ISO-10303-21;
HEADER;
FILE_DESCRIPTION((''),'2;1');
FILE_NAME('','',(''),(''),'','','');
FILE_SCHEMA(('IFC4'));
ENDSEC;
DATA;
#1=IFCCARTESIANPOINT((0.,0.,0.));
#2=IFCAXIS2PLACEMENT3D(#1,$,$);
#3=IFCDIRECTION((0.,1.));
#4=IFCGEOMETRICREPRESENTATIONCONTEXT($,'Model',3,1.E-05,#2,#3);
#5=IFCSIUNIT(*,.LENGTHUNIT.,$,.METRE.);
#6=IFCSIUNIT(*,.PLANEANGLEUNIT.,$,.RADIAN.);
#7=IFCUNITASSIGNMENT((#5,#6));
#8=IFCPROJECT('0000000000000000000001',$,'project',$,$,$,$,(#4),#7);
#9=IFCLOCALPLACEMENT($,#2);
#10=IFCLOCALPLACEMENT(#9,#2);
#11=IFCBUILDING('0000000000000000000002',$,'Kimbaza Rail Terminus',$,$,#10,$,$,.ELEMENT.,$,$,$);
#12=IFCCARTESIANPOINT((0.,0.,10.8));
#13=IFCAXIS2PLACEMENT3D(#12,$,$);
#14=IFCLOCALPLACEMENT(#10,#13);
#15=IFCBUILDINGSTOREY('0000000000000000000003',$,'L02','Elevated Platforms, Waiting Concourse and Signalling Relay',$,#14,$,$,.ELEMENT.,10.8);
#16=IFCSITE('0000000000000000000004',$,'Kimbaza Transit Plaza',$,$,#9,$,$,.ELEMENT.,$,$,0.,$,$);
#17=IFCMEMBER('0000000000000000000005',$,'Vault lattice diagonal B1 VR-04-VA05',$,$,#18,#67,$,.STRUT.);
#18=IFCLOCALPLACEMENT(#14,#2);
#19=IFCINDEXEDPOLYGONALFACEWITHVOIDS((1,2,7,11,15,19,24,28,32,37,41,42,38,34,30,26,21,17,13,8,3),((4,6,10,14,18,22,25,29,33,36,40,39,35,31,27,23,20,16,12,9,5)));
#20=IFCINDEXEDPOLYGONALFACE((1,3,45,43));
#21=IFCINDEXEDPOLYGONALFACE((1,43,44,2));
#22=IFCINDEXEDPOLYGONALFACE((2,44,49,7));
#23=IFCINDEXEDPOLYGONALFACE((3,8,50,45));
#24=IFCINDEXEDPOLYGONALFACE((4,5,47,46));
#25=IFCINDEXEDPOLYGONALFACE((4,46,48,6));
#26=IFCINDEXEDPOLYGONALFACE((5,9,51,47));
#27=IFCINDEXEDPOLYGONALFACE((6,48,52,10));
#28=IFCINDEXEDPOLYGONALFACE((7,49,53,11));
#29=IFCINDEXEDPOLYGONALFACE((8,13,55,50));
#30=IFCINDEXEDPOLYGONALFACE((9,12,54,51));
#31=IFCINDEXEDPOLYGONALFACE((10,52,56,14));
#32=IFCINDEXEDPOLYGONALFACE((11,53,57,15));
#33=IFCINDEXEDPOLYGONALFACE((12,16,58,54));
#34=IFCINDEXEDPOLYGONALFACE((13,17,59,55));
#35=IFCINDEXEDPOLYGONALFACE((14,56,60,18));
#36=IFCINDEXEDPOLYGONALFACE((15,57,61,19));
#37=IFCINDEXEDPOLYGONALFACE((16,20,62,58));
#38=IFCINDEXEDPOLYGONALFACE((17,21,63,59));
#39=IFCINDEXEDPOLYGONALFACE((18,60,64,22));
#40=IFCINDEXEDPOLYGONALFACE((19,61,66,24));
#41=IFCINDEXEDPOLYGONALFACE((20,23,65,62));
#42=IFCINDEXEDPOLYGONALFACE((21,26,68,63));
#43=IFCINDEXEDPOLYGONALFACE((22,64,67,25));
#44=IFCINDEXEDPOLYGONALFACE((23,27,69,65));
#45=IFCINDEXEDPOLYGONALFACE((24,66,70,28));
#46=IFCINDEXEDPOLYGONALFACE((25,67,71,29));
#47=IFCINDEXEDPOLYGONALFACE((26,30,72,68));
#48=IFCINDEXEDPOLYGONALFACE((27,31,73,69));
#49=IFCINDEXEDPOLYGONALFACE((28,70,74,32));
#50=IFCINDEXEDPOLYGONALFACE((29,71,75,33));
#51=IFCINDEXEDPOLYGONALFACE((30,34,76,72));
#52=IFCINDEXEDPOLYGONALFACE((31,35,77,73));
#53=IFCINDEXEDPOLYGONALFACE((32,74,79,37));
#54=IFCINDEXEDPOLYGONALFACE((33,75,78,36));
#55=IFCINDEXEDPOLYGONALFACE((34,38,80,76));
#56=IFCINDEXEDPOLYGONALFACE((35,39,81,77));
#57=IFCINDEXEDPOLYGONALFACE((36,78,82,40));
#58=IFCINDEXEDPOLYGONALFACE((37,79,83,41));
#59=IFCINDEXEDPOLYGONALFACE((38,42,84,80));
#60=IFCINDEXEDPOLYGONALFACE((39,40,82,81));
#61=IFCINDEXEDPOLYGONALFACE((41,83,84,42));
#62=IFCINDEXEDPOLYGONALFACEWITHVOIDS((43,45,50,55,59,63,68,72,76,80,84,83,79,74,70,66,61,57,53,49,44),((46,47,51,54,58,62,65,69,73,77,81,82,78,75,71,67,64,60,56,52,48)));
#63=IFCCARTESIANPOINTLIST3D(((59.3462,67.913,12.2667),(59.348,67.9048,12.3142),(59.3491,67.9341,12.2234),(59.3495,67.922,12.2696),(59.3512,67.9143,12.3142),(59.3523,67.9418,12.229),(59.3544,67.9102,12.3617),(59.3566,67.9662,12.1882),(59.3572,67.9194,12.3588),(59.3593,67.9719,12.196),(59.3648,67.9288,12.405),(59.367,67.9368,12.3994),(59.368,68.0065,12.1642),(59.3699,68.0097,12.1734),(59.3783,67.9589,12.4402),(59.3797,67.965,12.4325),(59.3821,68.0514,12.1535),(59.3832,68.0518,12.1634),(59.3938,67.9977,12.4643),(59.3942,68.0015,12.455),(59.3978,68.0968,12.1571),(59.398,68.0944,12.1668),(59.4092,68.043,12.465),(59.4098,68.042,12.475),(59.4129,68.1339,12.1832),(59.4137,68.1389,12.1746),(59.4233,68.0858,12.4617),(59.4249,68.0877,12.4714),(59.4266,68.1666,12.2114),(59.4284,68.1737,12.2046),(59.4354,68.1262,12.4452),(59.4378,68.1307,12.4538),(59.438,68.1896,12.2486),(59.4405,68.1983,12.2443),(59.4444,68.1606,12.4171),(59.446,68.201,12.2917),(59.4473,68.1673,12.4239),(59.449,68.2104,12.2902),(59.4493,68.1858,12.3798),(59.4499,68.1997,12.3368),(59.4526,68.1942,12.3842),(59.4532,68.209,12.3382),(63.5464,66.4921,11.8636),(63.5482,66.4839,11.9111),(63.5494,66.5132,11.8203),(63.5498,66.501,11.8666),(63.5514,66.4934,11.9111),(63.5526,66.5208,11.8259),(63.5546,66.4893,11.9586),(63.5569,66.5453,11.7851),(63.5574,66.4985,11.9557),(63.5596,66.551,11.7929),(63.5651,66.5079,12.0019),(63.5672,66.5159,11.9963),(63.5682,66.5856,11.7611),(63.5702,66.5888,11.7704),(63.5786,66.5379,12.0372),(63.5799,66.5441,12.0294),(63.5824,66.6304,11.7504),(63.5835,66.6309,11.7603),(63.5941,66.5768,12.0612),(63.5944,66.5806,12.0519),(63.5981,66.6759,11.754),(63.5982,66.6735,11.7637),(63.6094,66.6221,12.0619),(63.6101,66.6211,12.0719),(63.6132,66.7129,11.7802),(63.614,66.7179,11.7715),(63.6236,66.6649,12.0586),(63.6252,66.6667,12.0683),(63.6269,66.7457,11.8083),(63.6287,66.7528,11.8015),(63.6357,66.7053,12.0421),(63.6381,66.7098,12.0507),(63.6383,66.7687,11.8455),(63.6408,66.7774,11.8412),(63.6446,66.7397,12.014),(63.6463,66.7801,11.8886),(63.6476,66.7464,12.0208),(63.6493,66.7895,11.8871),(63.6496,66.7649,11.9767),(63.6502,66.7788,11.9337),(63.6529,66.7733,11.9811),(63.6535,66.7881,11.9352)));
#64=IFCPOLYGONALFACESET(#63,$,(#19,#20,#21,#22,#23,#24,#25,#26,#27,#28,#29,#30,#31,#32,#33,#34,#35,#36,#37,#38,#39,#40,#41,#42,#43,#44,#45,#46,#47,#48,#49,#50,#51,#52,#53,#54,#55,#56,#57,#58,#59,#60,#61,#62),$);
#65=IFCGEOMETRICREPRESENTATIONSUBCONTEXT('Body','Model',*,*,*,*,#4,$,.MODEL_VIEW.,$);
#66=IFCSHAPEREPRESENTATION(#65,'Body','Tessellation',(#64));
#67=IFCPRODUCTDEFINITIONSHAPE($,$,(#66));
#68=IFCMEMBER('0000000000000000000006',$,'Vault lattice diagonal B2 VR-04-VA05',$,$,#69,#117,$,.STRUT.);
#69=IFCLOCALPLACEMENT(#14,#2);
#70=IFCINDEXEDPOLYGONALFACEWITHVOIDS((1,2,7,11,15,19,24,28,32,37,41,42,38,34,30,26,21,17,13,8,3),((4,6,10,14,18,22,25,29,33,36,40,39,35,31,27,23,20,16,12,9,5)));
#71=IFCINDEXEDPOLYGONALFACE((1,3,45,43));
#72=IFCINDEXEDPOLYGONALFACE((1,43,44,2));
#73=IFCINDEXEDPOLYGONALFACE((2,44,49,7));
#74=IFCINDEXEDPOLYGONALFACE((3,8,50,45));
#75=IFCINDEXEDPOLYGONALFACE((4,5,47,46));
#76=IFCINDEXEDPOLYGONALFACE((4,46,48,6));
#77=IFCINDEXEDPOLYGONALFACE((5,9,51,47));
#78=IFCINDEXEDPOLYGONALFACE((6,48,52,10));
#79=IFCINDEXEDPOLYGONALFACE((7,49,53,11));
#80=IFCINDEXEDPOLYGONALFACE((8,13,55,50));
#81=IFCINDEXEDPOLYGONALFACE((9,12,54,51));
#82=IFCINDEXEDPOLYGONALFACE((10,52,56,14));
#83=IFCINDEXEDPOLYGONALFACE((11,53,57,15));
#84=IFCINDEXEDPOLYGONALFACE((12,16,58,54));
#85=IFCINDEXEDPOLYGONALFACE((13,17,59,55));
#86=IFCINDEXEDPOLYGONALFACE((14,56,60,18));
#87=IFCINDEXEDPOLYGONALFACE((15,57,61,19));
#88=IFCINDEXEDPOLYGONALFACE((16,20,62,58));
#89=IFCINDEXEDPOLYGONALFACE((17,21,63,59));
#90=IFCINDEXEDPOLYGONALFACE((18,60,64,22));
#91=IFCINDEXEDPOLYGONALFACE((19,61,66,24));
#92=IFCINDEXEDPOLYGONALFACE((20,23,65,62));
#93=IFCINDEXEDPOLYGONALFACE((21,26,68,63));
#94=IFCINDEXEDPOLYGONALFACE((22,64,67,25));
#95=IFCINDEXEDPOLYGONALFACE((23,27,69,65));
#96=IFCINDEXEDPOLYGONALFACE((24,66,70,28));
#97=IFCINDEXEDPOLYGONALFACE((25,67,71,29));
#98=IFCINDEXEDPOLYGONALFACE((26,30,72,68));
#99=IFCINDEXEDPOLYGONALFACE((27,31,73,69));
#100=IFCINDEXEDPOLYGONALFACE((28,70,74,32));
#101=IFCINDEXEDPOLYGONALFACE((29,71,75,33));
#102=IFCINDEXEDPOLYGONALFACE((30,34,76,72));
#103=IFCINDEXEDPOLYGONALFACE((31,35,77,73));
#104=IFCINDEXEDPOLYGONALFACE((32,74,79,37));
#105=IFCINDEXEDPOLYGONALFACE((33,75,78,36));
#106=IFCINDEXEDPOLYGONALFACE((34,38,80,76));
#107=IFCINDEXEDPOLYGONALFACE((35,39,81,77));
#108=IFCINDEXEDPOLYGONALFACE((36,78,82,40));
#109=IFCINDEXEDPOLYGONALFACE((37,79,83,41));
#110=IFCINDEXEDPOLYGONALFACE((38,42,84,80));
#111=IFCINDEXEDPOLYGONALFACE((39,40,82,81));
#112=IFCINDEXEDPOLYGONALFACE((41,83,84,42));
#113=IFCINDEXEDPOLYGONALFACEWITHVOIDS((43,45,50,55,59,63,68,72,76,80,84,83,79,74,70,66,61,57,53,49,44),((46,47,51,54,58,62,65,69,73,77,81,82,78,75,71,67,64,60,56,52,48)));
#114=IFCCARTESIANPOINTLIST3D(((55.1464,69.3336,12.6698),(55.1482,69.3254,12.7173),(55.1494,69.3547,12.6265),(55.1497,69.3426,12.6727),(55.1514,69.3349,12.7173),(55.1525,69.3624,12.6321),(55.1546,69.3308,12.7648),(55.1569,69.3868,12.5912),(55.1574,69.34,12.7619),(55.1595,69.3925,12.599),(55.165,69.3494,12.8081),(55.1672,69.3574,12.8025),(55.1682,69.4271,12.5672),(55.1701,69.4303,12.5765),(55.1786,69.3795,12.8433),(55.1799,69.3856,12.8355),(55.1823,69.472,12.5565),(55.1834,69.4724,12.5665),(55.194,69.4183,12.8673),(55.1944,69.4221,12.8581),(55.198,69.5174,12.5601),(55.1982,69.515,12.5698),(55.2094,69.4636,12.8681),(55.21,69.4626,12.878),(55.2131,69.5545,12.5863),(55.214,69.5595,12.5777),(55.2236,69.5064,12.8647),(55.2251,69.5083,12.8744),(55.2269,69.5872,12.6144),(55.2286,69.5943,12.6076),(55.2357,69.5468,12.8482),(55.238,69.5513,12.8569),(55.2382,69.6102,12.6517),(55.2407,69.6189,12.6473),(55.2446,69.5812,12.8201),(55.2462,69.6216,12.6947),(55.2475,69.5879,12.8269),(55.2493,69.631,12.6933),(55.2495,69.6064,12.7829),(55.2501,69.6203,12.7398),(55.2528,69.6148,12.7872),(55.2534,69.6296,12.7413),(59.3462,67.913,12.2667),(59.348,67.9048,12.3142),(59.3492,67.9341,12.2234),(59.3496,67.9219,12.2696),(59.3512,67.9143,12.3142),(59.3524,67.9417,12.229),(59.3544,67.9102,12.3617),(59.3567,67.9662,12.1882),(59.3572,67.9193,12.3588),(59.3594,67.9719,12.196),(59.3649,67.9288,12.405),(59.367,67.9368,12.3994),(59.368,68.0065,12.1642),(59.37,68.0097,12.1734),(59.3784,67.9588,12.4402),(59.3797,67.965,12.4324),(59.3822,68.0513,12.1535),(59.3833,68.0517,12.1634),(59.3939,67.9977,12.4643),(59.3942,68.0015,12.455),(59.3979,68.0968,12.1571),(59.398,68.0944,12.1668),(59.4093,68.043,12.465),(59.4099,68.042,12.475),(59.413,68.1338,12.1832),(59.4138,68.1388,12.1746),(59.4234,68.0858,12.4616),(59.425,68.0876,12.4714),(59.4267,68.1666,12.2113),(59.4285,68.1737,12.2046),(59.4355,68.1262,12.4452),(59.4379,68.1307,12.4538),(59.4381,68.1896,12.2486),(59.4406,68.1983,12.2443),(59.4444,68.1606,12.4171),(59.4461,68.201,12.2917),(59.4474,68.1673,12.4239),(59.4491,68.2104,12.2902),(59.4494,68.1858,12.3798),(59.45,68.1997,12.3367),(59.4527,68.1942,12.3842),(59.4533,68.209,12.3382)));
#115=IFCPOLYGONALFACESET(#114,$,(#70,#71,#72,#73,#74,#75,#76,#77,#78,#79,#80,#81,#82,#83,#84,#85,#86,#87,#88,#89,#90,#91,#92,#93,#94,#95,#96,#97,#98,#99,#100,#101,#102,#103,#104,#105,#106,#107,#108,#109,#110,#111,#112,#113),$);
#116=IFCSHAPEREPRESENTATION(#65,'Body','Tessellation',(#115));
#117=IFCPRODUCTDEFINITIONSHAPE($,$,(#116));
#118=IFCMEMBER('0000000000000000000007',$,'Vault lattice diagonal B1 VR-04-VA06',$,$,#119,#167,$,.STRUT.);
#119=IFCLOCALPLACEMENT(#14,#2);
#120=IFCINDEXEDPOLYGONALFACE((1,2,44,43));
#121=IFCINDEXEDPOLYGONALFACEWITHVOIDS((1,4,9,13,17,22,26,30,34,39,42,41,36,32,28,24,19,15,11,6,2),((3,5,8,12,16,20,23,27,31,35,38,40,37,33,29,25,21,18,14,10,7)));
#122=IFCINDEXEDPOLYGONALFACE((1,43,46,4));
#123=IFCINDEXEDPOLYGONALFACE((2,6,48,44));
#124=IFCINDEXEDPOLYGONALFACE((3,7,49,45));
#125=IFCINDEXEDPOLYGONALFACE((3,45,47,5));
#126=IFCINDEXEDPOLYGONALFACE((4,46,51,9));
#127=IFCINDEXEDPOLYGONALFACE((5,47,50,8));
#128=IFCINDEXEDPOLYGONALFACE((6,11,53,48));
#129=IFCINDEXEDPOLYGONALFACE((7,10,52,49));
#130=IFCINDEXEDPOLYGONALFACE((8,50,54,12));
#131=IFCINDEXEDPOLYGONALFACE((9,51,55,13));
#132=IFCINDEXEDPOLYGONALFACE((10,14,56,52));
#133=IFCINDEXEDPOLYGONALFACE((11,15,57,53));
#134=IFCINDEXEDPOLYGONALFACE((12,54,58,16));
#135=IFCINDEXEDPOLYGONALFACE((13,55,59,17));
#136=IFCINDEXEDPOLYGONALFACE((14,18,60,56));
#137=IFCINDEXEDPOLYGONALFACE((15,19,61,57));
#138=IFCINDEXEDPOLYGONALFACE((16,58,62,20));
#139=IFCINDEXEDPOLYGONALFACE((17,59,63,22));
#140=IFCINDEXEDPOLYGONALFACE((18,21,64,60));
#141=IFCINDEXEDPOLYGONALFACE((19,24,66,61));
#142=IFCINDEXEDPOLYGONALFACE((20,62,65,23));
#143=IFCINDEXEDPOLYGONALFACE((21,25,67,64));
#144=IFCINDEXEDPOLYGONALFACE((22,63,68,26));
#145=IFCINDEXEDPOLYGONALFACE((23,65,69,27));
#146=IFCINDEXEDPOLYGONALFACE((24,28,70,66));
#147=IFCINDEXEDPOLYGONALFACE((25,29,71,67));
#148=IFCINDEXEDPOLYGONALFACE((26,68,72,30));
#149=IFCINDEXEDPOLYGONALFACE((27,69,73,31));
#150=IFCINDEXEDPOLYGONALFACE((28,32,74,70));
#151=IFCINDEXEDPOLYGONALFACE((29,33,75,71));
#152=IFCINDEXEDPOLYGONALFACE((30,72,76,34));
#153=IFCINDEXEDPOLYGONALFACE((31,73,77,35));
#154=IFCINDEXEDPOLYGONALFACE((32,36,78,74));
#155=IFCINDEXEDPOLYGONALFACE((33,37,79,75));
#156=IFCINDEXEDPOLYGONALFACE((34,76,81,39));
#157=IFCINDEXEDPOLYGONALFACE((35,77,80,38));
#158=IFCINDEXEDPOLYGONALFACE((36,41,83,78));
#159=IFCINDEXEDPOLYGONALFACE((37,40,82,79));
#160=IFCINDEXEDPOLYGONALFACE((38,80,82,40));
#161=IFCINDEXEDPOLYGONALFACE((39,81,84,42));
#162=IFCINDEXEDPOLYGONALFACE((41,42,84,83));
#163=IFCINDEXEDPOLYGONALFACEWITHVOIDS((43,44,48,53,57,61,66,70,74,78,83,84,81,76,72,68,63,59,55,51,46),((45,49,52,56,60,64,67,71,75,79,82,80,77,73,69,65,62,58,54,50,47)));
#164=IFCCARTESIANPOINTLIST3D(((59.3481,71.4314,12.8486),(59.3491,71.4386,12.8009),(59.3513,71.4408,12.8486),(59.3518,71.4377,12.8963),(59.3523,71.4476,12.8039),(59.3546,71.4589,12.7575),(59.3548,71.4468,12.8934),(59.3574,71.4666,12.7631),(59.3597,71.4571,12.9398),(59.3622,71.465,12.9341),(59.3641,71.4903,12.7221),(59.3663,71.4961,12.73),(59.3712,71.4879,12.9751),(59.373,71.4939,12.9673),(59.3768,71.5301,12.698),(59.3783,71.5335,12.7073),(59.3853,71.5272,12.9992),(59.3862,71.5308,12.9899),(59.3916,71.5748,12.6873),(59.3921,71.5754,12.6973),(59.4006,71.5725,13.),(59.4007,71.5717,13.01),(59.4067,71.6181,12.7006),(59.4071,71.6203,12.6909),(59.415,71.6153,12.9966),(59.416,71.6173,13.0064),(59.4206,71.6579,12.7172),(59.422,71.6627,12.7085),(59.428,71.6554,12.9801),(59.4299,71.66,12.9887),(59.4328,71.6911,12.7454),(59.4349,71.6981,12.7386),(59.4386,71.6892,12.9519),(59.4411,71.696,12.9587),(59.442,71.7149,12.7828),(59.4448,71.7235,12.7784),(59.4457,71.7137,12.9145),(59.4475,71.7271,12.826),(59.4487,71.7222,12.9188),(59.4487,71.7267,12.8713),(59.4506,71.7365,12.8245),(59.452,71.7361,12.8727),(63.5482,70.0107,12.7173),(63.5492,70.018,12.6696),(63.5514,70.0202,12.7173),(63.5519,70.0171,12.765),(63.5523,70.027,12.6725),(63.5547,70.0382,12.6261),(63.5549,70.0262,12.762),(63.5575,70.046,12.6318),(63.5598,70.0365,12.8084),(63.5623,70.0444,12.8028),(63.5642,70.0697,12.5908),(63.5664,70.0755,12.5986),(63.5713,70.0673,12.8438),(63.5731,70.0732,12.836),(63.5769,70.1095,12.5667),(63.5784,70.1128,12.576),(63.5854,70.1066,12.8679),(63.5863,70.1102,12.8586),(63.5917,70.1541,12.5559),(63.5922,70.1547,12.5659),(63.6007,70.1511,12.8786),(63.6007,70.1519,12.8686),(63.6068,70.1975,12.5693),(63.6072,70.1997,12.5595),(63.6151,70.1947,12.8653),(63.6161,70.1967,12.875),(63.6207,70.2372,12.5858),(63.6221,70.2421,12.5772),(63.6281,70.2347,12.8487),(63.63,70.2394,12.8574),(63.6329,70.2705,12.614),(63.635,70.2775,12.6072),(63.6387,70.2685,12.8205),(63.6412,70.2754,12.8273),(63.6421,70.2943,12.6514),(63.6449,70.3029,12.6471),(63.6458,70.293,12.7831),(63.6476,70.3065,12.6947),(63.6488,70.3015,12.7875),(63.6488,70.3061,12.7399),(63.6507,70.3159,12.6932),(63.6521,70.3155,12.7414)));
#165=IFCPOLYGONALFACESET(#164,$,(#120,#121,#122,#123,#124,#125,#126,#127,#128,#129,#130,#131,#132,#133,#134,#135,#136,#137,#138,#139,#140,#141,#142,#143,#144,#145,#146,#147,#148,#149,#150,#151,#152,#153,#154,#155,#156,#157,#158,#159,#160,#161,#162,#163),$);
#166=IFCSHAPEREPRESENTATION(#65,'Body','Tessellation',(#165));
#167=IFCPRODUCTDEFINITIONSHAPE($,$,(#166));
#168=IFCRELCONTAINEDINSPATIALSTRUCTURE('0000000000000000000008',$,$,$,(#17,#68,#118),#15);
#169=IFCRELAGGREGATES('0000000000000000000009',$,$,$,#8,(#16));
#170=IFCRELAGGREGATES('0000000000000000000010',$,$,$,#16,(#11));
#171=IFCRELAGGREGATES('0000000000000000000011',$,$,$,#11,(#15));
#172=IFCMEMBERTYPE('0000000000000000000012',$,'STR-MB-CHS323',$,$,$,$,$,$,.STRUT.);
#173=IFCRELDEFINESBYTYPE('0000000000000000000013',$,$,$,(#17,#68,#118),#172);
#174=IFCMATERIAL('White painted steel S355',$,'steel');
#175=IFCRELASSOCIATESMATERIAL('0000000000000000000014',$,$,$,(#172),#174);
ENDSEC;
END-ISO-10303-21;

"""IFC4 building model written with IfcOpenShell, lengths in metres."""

from ifc_helpers import new_model, si_unit, direction, frame, origin, origin_2d, place, context, subcontext, project, spatial, hollow_circle, extrude, material, material_profile, profile_set, type_object, element, save


model = new_model("IFC4")

# Units and contexts
model_context = context("Model", 3, precision=1e-05, world=origin(), true_north=direction((0.0, 1.0)))
body_context = subcontext(model_context, "Body", "Model", "MODEL_VIEW")
ifc_project = project(units=[si_unit("LENGTHUNIT", "METRE"), si_unit("PLANEANGLEUNIT", "RADIAN")], contexts=[model_context])

# Site, building, storey
site_placement = place(None, origin())
site = spatial("IfcSite", under=ifc_project, at=site_placement, Name="Kimbaza Transit Plaza", CompositionType="ELEMENT", RefElevation=0.0)
building_placement = place(site_placement, origin())
building = spatial("IfcBuilding", under=site, at=building_placement, Name="Kimbaza Rail Terminus", CompositionType="ELEMENT")
storey_placement = place(building_placement, frame((0.0, 0.0, 10.8)))
storey = spatial("IfcBuildingStorey", under=building, at=storey_placement, Name="L02", Description="Elevated Platforms, Waiting Concourse and Signalling Relay", CompositionType="ELEMENT", Elevation=10.8)

# Members
ifc_material_1 = material(Name="White painted steel S355", Category="steel")
ifc_material_profile_1 = material_profile(ifc_material_1, hollow_circle(Radius=0.1619, WallThickness=0.01, at=origin_2d()), Name="CHS 323.9x10")
ifc_profile_set_1 = profile_set([ifc_material_profile_1], Name="White painted steel S355")
member_type_1 = type_object("IfcMemberType", Name="STR-MB-CHS323", PredefinedType="STRUT", material=ifc_profile_set_1)
member_1_placement = place(storey_placement, frame((63.6001, 66.6372, 11.9111), z_axis=(-0.943374, 0.319137, 0.090532), x_axis=(-0.320453, -0.947264, 0.0)))
element("IfcMember", 1, at=member_1_placement, inside=storey, type_object=member_type_1, Name="Vault lattice diagonal B1 VR-04-VA05", PredefinedType="STRUT", context=body_context, shape_type="SweptSolid", body=[
    extrude(hollow_circle(Radius=0.1619, WallThickness=0.01, at=origin_2d()), origin(), (0.0, 0.0, 1.0), 4.4524),
])
member_2_placement = place(storey_placement, frame((59.3999, 68.0581, 12.3142), z_axis=(-0.943385, 0.319105, 0.090538), x_axis=(-0.320421, -0.947275, 0.0)))
element("IfcMember", 2, at=member_2_placement, inside=storey, type_object=member_type_1, Name="Vault lattice diagonal B2 VR-04-VA05", PredefinedType="STRUT", context=body_context, shape_type="SweptSolid", body=[
    extrude(hollow_circle(Radius=0.1619, WallThickness=0.01, at=origin_2d()), origin(), (0.0, 0.0, 1.0), 4.4519),
])
member_3_placement = place(storey_placement, frame((63.6001, 70.1641, 12.7173), z_axis=(-0.946866, 0.320263, 0.02961), x_axis=(-0.320404, -0.947281, 0.0)))
element("IfcMember", 3, at=member_3_placement, inside=storey, type_object=member_type_1, Name="Vault lattice diagonal B1 VR-04-VA06", PredefinedType="STRUT", context=body_context, shape_type="SweptSolid", body=[
    extrude(hollow_circle(Radius=0.1619, WallThickness=0.01, at=origin_2d()), origin(), (0.0, 0.0, 1.0), 4.4358),
])

save(model, "model.ifc")
